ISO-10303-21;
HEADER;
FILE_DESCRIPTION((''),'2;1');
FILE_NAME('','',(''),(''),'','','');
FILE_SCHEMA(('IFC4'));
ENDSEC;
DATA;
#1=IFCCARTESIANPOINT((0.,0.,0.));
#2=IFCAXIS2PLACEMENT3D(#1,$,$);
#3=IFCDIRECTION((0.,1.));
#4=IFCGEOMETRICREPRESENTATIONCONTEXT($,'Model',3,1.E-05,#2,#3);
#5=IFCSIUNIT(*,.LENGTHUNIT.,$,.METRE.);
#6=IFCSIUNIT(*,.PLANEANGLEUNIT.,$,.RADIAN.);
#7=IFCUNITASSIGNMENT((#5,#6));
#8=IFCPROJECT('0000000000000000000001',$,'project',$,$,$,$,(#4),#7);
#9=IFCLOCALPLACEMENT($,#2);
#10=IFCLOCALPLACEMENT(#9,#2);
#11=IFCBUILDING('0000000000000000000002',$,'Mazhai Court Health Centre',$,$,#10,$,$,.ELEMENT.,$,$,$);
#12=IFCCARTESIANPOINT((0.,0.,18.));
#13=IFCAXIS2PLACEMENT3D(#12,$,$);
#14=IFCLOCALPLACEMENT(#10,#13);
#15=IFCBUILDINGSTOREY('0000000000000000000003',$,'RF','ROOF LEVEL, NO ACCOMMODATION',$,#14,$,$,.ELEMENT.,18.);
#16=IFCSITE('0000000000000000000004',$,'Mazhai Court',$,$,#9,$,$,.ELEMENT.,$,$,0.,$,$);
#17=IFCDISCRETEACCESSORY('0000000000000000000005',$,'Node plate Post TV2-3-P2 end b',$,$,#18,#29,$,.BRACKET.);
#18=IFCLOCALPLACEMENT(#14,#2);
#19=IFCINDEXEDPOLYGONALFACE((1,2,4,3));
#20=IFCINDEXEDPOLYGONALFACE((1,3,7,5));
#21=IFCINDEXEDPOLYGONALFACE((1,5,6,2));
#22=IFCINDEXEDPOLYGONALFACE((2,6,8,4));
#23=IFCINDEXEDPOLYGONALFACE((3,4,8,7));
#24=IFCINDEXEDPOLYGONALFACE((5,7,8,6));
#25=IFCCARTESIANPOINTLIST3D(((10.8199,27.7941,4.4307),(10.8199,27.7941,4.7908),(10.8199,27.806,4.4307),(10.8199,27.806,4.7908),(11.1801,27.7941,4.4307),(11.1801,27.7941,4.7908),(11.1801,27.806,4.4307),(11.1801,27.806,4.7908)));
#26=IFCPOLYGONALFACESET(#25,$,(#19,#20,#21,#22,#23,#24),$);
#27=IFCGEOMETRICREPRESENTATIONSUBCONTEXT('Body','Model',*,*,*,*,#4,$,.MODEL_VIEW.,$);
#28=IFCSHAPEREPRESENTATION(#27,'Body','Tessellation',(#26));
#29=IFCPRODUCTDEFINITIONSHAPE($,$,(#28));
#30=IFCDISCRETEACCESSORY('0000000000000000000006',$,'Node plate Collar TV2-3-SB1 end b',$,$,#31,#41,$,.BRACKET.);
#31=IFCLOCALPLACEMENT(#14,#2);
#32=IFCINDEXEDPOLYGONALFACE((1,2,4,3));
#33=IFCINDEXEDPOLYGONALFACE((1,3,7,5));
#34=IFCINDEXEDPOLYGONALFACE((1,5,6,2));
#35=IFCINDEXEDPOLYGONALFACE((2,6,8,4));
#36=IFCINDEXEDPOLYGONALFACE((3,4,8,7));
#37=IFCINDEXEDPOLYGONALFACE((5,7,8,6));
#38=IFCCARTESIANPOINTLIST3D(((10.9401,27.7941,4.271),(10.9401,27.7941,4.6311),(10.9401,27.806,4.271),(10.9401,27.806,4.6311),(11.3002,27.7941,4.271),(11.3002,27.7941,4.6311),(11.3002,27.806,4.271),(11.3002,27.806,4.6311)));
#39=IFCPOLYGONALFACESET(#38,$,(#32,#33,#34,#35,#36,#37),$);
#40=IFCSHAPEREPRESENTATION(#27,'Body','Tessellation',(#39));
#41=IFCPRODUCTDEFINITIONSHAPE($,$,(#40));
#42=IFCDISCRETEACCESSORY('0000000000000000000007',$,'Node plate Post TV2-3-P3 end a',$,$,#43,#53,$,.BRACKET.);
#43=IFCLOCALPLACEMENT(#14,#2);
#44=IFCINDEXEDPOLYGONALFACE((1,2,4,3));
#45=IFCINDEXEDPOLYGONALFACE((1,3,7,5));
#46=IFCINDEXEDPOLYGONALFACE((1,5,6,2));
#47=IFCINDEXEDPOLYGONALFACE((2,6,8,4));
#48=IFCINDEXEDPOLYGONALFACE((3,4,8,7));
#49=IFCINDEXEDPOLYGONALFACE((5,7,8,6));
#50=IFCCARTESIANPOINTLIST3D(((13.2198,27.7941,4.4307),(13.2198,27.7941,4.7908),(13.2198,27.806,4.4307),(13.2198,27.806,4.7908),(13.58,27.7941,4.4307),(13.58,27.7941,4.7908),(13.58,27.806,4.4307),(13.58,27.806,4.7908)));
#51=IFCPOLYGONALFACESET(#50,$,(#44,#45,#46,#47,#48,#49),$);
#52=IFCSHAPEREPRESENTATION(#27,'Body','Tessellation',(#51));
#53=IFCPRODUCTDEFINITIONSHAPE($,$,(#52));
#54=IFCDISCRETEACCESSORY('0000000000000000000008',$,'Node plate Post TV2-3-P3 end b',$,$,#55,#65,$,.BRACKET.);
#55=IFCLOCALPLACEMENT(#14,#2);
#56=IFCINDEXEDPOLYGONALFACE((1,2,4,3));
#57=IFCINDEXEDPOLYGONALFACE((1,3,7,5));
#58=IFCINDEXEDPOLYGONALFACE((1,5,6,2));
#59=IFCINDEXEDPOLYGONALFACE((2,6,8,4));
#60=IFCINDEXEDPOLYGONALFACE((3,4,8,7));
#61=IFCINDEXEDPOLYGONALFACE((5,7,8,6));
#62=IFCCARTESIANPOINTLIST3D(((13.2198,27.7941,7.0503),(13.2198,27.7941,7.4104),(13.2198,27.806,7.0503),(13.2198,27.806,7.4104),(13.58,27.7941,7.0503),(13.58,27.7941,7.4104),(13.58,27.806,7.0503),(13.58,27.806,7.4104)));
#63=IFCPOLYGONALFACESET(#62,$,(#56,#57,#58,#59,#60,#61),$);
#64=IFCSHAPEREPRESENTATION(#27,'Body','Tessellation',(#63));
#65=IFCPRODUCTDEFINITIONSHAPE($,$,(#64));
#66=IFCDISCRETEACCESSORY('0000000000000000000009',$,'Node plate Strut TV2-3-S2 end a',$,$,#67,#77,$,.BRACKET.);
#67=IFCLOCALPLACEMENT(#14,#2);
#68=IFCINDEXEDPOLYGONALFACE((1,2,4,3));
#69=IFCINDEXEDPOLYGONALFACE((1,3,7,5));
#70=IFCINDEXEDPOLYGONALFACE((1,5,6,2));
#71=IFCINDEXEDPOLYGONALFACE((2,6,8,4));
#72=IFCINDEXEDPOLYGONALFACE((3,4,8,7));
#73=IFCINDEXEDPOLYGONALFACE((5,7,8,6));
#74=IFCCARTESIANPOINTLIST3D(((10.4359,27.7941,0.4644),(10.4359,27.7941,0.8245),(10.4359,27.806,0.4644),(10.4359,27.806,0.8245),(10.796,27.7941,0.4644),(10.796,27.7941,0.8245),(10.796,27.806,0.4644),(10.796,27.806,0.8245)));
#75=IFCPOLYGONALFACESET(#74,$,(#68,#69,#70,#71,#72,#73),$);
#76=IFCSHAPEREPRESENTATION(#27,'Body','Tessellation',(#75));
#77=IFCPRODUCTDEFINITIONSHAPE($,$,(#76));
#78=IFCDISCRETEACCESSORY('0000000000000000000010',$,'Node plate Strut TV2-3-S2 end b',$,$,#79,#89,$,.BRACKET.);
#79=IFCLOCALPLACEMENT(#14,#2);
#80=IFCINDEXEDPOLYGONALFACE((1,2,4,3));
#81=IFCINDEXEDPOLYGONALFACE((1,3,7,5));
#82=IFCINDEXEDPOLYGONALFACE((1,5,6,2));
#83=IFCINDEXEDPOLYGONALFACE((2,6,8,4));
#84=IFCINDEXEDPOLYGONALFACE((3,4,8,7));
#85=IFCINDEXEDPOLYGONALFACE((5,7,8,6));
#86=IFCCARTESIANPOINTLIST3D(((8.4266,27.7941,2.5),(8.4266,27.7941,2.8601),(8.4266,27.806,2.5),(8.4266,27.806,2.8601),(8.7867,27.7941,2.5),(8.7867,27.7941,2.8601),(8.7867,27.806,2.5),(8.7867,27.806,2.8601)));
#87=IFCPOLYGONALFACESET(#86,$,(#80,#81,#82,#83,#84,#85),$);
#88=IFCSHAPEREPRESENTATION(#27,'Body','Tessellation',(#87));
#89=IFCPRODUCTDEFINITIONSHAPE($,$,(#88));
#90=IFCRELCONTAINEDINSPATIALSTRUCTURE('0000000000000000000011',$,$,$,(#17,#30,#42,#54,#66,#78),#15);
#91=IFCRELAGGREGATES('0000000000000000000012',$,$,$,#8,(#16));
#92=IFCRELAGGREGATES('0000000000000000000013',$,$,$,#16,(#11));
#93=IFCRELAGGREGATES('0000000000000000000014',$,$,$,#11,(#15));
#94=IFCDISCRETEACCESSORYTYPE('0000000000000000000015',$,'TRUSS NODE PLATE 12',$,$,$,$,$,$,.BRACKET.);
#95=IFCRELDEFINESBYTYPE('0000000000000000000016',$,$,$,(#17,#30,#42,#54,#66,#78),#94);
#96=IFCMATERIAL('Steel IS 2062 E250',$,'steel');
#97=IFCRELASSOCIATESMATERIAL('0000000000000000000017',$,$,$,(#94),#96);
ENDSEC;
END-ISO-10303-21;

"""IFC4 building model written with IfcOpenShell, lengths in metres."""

from ifc_helpers import new_model, si_unit, direction, frame, origin, origin_2d, place, context, subcontext, project, spatial, rectangle, extrude, material, type_object, element, save


model = new_model("IFC4")

# Units and contexts
model_context = context("Model", 3, precision=1e-05, world=origin(), true_north=direction((0.0, 1.0)))
body_context = subcontext(model_context, "Body", "Model", "MODEL_VIEW")
ifc_project = project(units=[si_unit("LENGTHUNIT", "METRE"), si_unit("PLANEANGLEUNIT", "RADIAN")], contexts=[model_context])

# Site, building, storey
site_placement = place(None, origin())
site = spatial("IfcSite", under=ifc_project, at=site_placement, Name="Mazhai Court", CompositionType="ELEMENT", RefElevation=0.0)
building_placement = place(site_placement, origin())
building = spatial("IfcBuilding", under=site, at=building_placement, Name="Mazhai Court Health Centre", CompositionType="ELEMENT")
storey_placement = place(building_placement, frame((0.0, 0.0, 18.0)))
storey = spatial("IfcBuildingStorey", under=building, at=storey_placement, Name="RF", Description="ROOF LEVEL, NO ACCOMMODATION", CompositionType="ELEMENT", Elevation=18.0)

# Discrete accessories
ifc_material_1 = material(Name="Steel IS 2062 E250", Category="steel")
discrete_accessory_type = type_object("IfcDiscreteAccessoryType", Name="TRUSS NODE PLATE 12", PredefinedType="BRACKET", material=ifc_material_1)
for number, where, z_axis, x_axis, name in (
    (1, (11.0, 27.8, 4.4307), (0.0, 0.0, 1.0), (1.0, 0.0, 0.0), "Node plate Post TV2-3-P2 end b"),
    (2, (11.1201, 27.8, 4.271), (0.0, 0.0, 1.0), (1.0, 0.0, 0.0), "Node plate Collar TV2-3-SB1 end b"),
    (3, (13.3999, 27.8, 4.4307), (0.0, 0.0, 1.0), (1.0, 0.0, 0.0), "Node plate Post TV2-3-P3 end a"),
    (4, (13.3999, 27.8, 7.0503), (0.0, 0.0, 1.0), (1.0, 0.0, 0.0), "Node plate Post TV2-3-P3 end b"),
    (5, (10.616, 27.8, 0.4644), (0.0, 0.0, 1.0), (1.0, 0.0, 0.0), "Node plate Strut TV2-3-S2 end a"),
    (6, (8.6067, 27.8, 2.5), (0.0, 0.0, 1.0), (1.0, 0.0, 0.0), "Node plate Strut TV2-3-S2 end b"),
):
    element("IfcDiscreteAccessory", number, at=place(storey_placement, frame(where, z_axis=z_axis, x_axis=x_axis)), inside=storey, type_object=discrete_accessory_type, Name=name, PredefinedType="BRACKET", context=body_context, shape_type="SweptSolid", body=[
        extrude(rectangle(XDim=0.3601, YDim=0.012, at=origin_2d()), origin(), (0.0, 0.0, 1.0), 0.3601),
    ])

save(model, "model.ifc")
